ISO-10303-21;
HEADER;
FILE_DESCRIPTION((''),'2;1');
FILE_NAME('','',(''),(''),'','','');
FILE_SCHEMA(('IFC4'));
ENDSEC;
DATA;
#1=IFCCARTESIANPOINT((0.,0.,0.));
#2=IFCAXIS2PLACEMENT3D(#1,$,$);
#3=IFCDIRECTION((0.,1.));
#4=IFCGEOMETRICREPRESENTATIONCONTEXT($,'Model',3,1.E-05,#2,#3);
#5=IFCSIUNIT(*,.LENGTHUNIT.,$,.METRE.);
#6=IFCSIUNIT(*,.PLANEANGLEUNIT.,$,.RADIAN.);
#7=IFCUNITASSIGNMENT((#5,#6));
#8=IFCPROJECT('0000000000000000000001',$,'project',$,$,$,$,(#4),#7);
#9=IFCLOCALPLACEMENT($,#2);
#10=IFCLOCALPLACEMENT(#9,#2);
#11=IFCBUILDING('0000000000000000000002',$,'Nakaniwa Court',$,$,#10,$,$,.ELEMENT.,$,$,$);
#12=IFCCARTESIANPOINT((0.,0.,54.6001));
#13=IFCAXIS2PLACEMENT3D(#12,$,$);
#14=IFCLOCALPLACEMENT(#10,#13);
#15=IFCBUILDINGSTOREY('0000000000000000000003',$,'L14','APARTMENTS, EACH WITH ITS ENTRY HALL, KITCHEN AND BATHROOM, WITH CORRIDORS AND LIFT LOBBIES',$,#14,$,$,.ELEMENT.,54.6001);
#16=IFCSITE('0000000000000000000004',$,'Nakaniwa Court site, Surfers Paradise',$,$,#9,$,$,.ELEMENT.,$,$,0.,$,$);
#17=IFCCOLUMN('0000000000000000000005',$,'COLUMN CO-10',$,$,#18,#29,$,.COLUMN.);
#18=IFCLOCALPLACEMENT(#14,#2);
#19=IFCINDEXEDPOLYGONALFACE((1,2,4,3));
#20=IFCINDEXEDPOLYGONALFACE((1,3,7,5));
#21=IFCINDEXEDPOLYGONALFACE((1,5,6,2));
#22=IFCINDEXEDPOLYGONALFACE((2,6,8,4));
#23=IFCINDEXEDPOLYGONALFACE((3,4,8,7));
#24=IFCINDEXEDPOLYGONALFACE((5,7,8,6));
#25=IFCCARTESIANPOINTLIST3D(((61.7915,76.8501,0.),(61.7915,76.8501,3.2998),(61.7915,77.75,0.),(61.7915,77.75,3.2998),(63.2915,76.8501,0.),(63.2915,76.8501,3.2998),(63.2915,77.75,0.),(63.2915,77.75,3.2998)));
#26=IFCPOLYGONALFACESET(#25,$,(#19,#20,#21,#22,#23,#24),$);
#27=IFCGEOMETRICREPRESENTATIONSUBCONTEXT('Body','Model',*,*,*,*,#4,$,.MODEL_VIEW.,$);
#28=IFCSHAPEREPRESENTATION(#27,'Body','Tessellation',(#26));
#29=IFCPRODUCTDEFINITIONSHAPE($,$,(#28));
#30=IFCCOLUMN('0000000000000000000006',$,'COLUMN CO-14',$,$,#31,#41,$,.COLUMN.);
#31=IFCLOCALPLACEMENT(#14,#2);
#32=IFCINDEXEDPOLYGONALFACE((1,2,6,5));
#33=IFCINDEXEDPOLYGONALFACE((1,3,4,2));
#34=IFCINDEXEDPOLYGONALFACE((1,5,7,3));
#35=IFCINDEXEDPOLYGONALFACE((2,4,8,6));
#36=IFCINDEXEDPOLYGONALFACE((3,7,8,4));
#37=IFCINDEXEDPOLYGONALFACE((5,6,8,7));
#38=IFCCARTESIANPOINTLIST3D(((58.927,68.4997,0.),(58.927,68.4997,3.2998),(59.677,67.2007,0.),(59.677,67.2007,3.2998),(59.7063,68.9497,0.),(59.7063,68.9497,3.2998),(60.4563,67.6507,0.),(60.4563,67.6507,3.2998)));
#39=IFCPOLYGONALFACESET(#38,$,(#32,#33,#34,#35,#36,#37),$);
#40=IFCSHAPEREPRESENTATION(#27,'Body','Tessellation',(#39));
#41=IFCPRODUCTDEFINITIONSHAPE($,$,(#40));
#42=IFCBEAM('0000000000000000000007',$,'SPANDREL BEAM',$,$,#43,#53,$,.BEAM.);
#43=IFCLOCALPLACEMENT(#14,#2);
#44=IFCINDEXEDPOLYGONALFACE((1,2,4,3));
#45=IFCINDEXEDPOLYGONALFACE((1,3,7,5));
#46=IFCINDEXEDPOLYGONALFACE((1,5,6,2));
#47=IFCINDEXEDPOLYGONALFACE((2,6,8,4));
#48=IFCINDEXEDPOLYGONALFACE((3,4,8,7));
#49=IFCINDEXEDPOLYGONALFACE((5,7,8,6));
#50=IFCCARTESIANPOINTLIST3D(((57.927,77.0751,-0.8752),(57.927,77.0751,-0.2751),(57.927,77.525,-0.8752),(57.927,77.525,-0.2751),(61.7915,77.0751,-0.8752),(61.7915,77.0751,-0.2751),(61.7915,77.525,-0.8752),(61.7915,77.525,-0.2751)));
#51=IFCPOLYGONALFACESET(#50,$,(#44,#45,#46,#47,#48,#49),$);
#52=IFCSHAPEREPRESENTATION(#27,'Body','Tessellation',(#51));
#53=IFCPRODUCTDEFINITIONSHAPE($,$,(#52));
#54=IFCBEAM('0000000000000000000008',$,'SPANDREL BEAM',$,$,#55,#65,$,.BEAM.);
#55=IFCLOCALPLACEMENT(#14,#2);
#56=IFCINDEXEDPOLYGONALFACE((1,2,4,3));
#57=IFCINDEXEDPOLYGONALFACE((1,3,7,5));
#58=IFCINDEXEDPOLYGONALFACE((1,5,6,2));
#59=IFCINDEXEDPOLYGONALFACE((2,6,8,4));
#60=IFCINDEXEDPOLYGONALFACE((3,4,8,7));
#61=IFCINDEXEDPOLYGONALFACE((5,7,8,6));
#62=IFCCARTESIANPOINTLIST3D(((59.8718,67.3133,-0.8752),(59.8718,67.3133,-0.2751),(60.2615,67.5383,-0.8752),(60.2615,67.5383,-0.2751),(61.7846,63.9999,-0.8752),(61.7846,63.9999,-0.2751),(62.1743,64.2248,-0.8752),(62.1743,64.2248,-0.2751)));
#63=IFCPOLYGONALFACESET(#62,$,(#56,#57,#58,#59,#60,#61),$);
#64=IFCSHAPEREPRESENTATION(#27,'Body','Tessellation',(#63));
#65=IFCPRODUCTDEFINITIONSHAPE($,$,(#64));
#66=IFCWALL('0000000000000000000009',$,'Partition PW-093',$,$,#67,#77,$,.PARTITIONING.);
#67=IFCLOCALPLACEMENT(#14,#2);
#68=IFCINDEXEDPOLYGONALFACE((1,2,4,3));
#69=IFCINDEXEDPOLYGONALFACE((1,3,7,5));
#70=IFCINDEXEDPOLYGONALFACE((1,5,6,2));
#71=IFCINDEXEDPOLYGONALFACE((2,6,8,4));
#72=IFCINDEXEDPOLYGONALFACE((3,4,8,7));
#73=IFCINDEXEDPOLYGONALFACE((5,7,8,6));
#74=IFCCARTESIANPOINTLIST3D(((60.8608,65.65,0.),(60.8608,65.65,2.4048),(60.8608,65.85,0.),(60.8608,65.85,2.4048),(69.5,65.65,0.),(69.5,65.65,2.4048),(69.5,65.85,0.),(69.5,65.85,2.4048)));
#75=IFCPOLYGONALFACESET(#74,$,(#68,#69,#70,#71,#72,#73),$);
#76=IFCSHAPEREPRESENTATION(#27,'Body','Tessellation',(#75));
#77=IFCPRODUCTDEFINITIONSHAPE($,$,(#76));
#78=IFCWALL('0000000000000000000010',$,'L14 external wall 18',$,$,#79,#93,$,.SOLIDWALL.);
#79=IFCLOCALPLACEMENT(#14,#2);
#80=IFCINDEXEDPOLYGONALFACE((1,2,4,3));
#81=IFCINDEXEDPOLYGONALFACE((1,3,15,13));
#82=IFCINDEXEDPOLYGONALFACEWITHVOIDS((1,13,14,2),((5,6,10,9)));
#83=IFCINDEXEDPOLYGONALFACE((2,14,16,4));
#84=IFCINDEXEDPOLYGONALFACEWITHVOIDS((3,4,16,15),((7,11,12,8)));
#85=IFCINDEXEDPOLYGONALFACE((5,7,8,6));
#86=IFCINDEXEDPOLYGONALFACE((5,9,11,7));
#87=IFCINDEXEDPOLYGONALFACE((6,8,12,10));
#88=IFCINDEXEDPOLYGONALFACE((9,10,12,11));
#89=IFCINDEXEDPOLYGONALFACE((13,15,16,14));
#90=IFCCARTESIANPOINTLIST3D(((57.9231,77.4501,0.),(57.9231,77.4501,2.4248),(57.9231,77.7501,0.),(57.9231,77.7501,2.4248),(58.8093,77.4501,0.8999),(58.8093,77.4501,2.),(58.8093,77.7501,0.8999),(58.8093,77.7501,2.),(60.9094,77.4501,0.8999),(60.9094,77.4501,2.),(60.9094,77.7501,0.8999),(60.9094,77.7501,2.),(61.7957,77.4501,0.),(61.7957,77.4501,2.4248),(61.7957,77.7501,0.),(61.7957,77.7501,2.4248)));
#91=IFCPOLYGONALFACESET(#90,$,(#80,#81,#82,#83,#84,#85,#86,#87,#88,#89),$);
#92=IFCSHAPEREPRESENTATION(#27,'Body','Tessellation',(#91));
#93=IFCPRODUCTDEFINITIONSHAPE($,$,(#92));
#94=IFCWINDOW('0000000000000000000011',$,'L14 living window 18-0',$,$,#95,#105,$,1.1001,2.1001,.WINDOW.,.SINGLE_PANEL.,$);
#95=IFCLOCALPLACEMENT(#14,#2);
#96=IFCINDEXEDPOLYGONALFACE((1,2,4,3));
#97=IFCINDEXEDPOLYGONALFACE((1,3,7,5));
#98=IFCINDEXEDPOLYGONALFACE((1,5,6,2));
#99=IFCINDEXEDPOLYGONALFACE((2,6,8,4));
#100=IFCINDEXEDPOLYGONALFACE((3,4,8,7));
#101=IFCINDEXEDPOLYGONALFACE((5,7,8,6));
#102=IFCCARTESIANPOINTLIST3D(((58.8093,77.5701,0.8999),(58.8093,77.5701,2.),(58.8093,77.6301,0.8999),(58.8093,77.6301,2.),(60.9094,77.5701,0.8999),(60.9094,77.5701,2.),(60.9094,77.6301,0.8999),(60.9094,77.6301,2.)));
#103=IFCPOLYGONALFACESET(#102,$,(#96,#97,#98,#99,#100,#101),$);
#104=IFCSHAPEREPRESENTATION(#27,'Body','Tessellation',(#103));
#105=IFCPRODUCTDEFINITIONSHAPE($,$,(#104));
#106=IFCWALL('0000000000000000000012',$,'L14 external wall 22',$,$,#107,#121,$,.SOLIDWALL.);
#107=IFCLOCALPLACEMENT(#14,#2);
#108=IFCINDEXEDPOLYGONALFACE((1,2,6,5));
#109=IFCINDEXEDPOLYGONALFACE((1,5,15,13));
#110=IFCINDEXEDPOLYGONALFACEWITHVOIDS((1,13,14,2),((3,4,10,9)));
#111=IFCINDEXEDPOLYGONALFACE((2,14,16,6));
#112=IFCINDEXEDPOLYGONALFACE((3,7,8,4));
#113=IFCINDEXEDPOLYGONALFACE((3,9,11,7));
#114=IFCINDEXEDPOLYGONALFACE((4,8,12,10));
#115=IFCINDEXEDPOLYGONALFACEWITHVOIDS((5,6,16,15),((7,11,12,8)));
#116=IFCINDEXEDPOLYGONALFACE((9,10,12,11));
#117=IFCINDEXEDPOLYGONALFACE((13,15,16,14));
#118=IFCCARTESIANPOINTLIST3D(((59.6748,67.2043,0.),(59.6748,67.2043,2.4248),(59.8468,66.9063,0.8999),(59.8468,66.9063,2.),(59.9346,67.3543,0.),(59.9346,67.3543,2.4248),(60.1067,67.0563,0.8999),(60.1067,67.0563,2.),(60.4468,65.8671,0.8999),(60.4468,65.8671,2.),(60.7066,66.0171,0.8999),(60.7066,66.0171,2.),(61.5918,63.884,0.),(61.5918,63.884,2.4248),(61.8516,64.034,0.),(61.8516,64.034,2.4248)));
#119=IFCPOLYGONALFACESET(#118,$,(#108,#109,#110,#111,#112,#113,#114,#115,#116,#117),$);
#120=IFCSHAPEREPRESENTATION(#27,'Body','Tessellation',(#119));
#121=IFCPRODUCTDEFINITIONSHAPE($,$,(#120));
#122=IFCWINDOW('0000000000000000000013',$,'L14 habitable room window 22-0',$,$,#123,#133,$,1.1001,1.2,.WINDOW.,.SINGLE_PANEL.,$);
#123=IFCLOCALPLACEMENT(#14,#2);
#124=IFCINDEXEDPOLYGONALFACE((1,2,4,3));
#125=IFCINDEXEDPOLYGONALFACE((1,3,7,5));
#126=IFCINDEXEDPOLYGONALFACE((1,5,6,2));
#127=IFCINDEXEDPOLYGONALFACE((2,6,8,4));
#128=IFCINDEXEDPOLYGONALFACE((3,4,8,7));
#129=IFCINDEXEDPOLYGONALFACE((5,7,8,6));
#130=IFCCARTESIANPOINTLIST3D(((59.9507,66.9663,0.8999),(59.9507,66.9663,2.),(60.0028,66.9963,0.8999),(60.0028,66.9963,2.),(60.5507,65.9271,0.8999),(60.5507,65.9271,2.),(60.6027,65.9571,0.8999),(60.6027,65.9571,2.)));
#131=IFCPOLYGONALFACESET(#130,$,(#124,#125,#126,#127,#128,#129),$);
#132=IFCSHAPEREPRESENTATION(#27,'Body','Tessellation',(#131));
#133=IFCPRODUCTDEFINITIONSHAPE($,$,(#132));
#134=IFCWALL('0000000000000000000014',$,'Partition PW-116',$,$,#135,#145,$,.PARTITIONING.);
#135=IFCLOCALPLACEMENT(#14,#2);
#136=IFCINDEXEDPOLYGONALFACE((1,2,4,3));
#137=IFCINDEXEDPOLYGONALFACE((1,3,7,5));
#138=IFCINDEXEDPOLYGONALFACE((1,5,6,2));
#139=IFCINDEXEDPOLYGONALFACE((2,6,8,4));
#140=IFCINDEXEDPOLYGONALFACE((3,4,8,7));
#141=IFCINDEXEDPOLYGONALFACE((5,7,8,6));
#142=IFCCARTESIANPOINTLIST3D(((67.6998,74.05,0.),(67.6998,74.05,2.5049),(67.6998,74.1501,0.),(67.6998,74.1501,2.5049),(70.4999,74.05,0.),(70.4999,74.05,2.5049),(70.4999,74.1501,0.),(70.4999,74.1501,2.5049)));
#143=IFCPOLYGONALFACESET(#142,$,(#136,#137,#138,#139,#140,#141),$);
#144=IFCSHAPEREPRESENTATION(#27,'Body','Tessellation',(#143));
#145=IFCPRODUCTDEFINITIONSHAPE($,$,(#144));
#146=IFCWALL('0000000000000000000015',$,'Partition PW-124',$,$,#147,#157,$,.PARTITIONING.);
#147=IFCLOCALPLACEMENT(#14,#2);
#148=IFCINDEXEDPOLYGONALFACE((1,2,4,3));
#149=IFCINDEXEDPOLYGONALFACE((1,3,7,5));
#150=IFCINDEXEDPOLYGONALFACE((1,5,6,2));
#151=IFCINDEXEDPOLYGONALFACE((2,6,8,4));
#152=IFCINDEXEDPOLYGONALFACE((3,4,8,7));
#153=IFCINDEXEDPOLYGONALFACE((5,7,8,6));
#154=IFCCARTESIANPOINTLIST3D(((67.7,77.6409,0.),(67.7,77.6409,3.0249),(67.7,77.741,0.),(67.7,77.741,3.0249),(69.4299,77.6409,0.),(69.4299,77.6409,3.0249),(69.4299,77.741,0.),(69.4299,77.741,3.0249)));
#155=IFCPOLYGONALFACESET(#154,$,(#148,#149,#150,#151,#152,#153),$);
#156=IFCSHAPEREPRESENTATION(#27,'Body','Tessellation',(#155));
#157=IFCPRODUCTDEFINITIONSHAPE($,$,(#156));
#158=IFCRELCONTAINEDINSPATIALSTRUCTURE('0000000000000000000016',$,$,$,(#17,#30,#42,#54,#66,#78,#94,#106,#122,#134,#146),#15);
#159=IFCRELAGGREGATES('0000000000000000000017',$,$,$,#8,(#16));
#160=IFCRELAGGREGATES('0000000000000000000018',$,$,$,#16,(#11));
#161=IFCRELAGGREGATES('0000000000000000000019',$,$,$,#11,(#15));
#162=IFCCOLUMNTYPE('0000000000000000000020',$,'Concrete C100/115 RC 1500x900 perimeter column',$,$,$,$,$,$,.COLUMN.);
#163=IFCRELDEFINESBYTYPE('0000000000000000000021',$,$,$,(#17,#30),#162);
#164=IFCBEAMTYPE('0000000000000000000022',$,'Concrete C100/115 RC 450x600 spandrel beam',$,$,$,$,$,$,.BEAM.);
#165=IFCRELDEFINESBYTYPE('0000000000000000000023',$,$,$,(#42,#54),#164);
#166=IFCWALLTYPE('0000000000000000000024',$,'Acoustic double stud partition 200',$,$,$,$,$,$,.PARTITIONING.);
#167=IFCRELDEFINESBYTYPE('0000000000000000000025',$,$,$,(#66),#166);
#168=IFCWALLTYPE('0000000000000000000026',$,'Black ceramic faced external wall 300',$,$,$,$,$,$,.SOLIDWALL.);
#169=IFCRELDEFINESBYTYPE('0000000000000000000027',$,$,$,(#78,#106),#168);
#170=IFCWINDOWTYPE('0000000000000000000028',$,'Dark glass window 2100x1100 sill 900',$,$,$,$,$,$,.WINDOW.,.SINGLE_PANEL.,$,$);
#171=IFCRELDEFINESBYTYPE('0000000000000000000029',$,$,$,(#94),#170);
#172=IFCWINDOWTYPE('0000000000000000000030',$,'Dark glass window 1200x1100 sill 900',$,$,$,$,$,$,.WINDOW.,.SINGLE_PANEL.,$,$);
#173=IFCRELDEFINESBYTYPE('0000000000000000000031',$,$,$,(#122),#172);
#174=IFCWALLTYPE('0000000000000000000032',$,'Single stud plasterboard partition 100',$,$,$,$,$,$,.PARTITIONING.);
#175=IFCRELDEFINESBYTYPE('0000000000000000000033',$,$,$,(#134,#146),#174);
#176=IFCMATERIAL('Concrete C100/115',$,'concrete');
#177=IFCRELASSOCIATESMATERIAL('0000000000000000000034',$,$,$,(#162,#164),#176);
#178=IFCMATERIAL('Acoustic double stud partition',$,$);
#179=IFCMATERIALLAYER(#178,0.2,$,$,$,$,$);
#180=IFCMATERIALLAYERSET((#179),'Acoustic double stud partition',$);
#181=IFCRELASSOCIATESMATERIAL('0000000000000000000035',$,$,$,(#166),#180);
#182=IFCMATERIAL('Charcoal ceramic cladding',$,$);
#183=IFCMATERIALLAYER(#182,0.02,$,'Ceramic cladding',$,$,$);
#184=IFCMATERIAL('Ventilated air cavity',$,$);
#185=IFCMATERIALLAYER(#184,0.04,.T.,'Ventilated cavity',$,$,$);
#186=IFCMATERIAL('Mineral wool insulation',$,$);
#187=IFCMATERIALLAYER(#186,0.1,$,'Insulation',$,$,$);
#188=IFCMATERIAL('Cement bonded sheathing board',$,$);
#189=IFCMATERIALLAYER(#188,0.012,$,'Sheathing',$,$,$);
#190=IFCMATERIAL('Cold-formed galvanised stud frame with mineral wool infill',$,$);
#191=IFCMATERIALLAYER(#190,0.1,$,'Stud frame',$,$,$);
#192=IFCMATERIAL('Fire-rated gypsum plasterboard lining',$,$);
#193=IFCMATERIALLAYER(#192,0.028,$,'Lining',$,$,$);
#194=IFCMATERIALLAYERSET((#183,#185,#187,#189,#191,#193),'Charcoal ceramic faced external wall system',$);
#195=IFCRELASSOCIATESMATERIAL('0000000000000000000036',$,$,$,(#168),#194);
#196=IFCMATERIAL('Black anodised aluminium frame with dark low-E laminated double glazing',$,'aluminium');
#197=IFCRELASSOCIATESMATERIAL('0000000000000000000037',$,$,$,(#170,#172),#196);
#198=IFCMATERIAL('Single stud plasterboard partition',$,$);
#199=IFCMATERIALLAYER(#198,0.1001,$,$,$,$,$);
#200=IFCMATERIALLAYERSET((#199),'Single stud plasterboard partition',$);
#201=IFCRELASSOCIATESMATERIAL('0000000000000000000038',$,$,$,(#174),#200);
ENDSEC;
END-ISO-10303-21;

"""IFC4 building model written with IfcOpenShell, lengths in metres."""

from ifc_helpers import new_model, si_unit, direction, frame, frame_2d, origin, origin_2d, place, context, subcontext, project, spatial, rectangle, extrude, material, layer, layer_set, material_profile, profile_set, type_object, element, fill, save


model = new_model("IFC4")

# Units and contexts
model_context = context("Model", 3, precision=1e-05, world=origin(), true_north=direction((0.0, 1.0)))
body_context = subcontext(model_context, "Body", "Model", "MODEL_VIEW")
ifc_project = project(units=[si_unit("LENGTHUNIT", "METRE"), si_unit("PLANEANGLEUNIT", "RADIAN")], contexts=[model_context])

# Site, building, storey
site_placement = place(None, origin())
site = spatial("IfcSite", under=ifc_project, at=site_placement, Name="Nakaniwa Court site, Surfers Paradise", CompositionType="ELEMENT", RefElevation=0.0)
building_placement = place(site_placement, origin())
building = spatial("IfcBuilding", under=site, at=building_placement, Name="Nakaniwa Court", CompositionType="ELEMENT")
storey_placement = place(building_placement, frame((0.0, 0.0, 54.6001)))
storey = spatial("IfcBuildingStorey", under=building, at=storey_placement, Name="L14", Description="APARTMENTS, EACH WITH ITS ENTRY HALL, KITCHEN AND BATHROOM, WITH CORRIDORS AND LIFT LOBBIES", CompositionType="ELEMENT", Elevation=54.6001)

# Columns
ifc_material_1 = material(Name="Concrete C100/115", Category="concrete")
ifc_material_profile_1 = material_profile(ifc_material_1, rectangle(XDim=1.5, YDim=0.8999, at=origin_2d()), Name="Concrete C100/115 RC 1500x900 perimeter column")
ifc_profile_set_1 = profile_set([ifc_material_profile_1], Name="Concrete C100/115")
column_type = type_object("IfcColumnType", Name="Concrete C100/115 RC 1500x900 perimeter column", PredefinedType="COLUMN", material=ifc_profile_set_1)
for number, where, z_axis, x_axis, name in (
    (1, (62.5415, 77.3, 0.0), (0.0, 0.0, 1.0), (-1.0, 0.0, 0.0), "COLUMN CO-10"),
    (2, (59.6917, 68.0752, 0.0), (0.0, 0.0, 1.0), (0.5, -0.866025, 0.0), "COLUMN CO-14"),
):
    element("IfcColumn", number, at=place(storey_placement, frame(where, z_axis=z_axis, x_axis=x_axis)), inside=storey, type_object=column_type, Name=name, PredefinedType="COLUMN", context=body_context, shape_type="SweptSolid", body=[
        extrude(rectangle(XDim=1.5, YDim=0.8999, at=origin_2d()), origin(), (0.0, 0.0, 1.0), 3.2998),
    ])

# Beams
ifc_material_profile_2 = material_profile(ifc_material_1, rectangle(XDim=0.45, YDim=0.6001, at=origin_2d()), Name="Concrete C100/115 RC 450x600 spandrel beam")
ifc_profile_set_2 = profile_set([ifc_material_profile_2], Name="Concrete C100/115")
beam_type = type_object("IfcBeamType", Name="Concrete C100/115 RC 450x600 spandrel beam", PredefinedType="BEAM", material=ifc_profile_set_2)
beam_1_placement = place(storey_placement, frame((61.7915, 77.3, -0.5752), z_axis=(-1.0, 0.0, 0.0), x_axis=(0.0, -1.0, 0.0)))
element("IfcBeam", 3, at=beam_1_placement, inside=storey, type_object=beam_type, Name="SPANDREL BEAM", PredefinedType="BEAM", context=body_context, shape_type="SweptSolid", body=[
    extrude(rectangle(XDim=0.45, YDim=0.6001, at=origin_2d()), origin(), (0.0, 0.0, 1.0), 3.8645),
])
beam_2_placement = place(storey_placement, frame((60.0667, 67.4258, -0.5752), z_axis=(0.499962, -0.866047, 0.0), x_axis=(0.866047, 0.499962, 0.0)))
element("IfcBeam", 4, at=beam_2_placement, inside=storey, type_object=beam_type, Name="SPANDREL BEAM", PredefinedType="BEAM", context=body_context, shape_type="SweptSolid", body=[
    extrude(rectangle(XDim=0.45, YDim=0.6001, at=origin_2d()), origin(), (0.0, 0.0, 1.0), 3.8259),
])

# Wall
ifc_material_2 = material(Name="Acoustic double stud partition")
ifc_layer_1 = layer(ifc_material_2, 0.2)
ifc_layer_set_1 = layer_set([ifc_layer_1], Name="Acoustic double stud partition")
wall_type_1 = type_object("IfcWallType", Name="Acoustic double stud partition 200", PredefinedType="PARTITIONING", material=ifc_layer_set_1)
wall_1_placement = place(storey_placement, frame((60.8608, 65.75, 0.0), z_axis=(0.0, 0.0, 1.0), x_axis=(1.0, 0.0, 0.0)))
element("IfcWall", 5, at=wall_1_placement, inside=storey, type_object=wall_type_1, Name="Partition PW-093", PredefinedType="PARTITIONING", context=body_context, shape_type="SweptSolid", body=[
    extrude(rectangle(XDim=8.6392, YDim=0.2, at=frame_2d((4.3196, 0.0))), origin(), (0.0, 0.0, 1.0), 2.4048),
])

# Walls, openings, windows
ifc_material_3 = material(Name="Charcoal ceramic cladding")
ifc_layer_2 = layer(ifc_material_3, 0.02, Name="Ceramic cladding")
ifc_material_4 = material(Name="Ventilated air cavity")
ifc_layer_3 = layer(ifc_material_4, 0.04, ventilated=True, Name="Ventilated cavity")
ifc_material_5 = material(Name="Mineral wool insulation")
ifc_layer_4 = layer(ifc_material_5, 0.1, Name="Insulation")
ifc_material_6 = material(Name="Cement bonded sheathing board")
ifc_layer_5 = layer(ifc_material_6, 0.012, Name="Sheathing")
ifc_material_7 = material(Name="Cold-formed galvanised stud frame with mineral wool infill")
ifc_layer_6 = layer(ifc_material_7, 0.1, Name="Stud frame")
ifc_material_8 = material(Name="Fire-rated gypsum plasterboard lining")
ifc_layer_7 = layer(ifc_material_8, 0.028, Name="Lining")
ifc_layer_set_2 = layer_set([ifc_layer_2, ifc_layer_3, ifc_layer_4, ifc_layer_5, ifc_layer_6, ifc_layer_7], Name="Charcoal ceramic faced external wall system")
wall_type_2 = type_object("IfcWallType", Name="Black ceramic faced external wall 300", PredefinedType="SOLIDWALL", material=ifc_layer_set_2)
wall_2_placement = place(storey_placement, frame((61.7957, 77.6001, 0.0), z_axis=(0.0, 0.0, 1.0), x_axis=(-1.0, 0.0, 0.0)))
wall_2 = element("IfcWall", 6, at=wall_2_placement, inside=storey, type_object=wall_type_2, Name="L14 external wall 18", PredefinedType="SOLIDWALL", context=body_context, shape_type="SweptSolid", body=[
    extrude(rectangle(XDim=3.8726, YDim=0.3, at=frame_2d((1.9363, 0.0))), origin(), (0.0, 0.0, 1.0), 2.4248),
])
opening_1_placement = place(wall_2_placement, frame((0.8862, 0.0, 0.8999)))
opening_1 = element("IfcOpeningElement", 7, at=opening_1_placement, cuts=wall_2, PredefinedType="OPENING", context=body_context, shape_type="SweptSolid", body=[
    extrude(rectangle(XDim=2.1001, YDim=1.1001, at=frame_2d((1.05, 0.55))), frame((0.0, 0.1599, 0.0), z_axis=(0.0, -1.0, 0.0), x_axis=(1.0, 0.0, 0.0)), (0.0, 0.0, 1.0), 0.3201),
])
ifc_material_9 = material(Name="Black anodised aluminium frame with dark low-E laminated double glazing", Category="aluminium")
window_type_1 = type_object("IfcWindowType", Name="Dark glass window 2100x1100 sill 900", PartitioningType="SINGLE_PANEL", PredefinedType="WINDOW", material=ifc_material_9)
window_1_placement = place(opening_1_placement, origin())
window_1 = element("IfcWindow", 8, at=window_1_placement, inside=storey, type_object=window_type_1, Name="L14 living window 18-0", OverallHeight=1.1001, OverallWidth=2.1001, PartitioningType="SINGLE_PANEL", PredefinedType="WINDOW", context=body_context, shape_type="SweptSolid", body=[
    extrude(rectangle(XDim=2.1001, YDim=1.1001, at=frame_2d((1.05, 0.55))), frame((0.0, 0.03, 0.0), z_axis=(0.0, -1.0, 0.0), x_axis=(1.0, 0.0, 0.0)), (0.0, 0.0, 1.0), 0.0601),
])
fill(opening_1, window_1)
wall_3_placement = place(storey_placement, frame((59.8047, 67.2793, 0.0), z_axis=(0.0, 0.0, 1.0), x_axis=(0.500002, -0.866024, 0.0)))
wall_3 = element("IfcWall", 9, at=wall_3_placement, inside=storey, type_object=wall_type_2, Name="L14 external wall 22", PredefinedType="SOLIDWALL", context=body_context, shape_type="SweptSolid", body=[
    extrude(rectangle(XDim=3.834, YDim=0.3, at=frame_2d((1.917, 0.0))), origin(), (0.0, 0.0, 1.0), 2.4248),
])
opening_2_placement = place(wall_3_placement, frame((0.344, 0.0, 0.8999)))
opening_2 = element("IfcOpeningElement", 10, at=opening_2_placement, cuts=wall_3, PredefinedType="OPENING", context=body_context, shape_type="SweptSolid", body=[
    extrude(rectangle(XDim=1.2, YDim=1.1001, at=frame_2d((0.6001, 0.55))), frame((0.0, 0.1599, 0.0), z_axis=(0.0, -1.0, 0.0), x_axis=(1.0, 0.0, 0.0)), (0.0, 0.0, 1.0), 0.3201),
])
window_type_2 = type_object("IfcWindowType", Name="Dark glass window 1200x1100 sill 900", PartitioningType="SINGLE_PANEL", PredefinedType="WINDOW", material=ifc_material_9)
window_2_placement = place(opening_2_placement, origin())
window_2 = element("IfcWindow", 11, at=window_2_placement, inside=storey, type_object=window_type_2, Name="L14 habitable room window 22-0", OverallHeight=1.1001, OverallWidth=1.2, PartitioningType="SINGLE_PANEL", PredefinedType="WINDOW", context=body_context, shape_type="SweptSolid", body=[
    extrude(rectangle(XDim=1.2, YDim=1.1001, at=frame_2d((0.6001, 0.55))), frame((0.0, 0.03, 0.0), z_axis=(0.0, -1.0, 0.0), x_axis=(1.0, 0.0, 0.0)), (0.0, 0.0, 1.0), 0.0601),
])
fill(opening_2, window_2)

# Walls
ifc_material_10 = material(Name="Single stud plasterboard partition")
ifc_layer_8 = layer(ifc_material_10, 0.1001)
ifc_layer_set_3 = layer_set([ifc_layer_8], Name="Single stud plasterboard partition")
wall_type_3 = type_object("IfcWallType", Name="Single stud plasterboard partition 100", PredefinedType="PARTITIONING", material=ifc_layer_set_3)
wall_4_placement = place(storey_placement, frame((67.7, 74.1001, 0.0), z_axis=(0.0, 0.0, 1.0), x_axis=(1.0, 0.0, 0.0)))
element("IfcWall", 12, at=wall_4_placement, inside=storey, type_object=wall_type_3, Name="Partition PW-116", PredefinedType="PARTITIONING", context=body_context, shape_type="SweptSolid", body=[
    extrude(rectangle(XDim=2.8, YDim=0.1001, at=frame_2d((1.3999, 0.0))), origin(), (0.0, 0.0, 1.0), 2.5049),
])
wall_5_placement = place(storey_placement, frame((67.7, 77.6909, 0.0), z_axis=(0.0, 0.0, 1.0), x_axis=(1.0, 0.0, 0.0)))
element("IfcWall", 13, at=wall_5_placement, inside=storey, type_object=wall_type_3, Name="Partition PW-124", PredefinedType="PARTITIONING", context=body_context, shape_type="SweptSolid", body=[
    extrude(rectangle(XDim=1.73, YDim=0.1001, at=frame_2d((0.865, 0.0))), origin(), (0.0, 0.0, 1.0), 3.0249),
])

save(model, "model.ifc")
